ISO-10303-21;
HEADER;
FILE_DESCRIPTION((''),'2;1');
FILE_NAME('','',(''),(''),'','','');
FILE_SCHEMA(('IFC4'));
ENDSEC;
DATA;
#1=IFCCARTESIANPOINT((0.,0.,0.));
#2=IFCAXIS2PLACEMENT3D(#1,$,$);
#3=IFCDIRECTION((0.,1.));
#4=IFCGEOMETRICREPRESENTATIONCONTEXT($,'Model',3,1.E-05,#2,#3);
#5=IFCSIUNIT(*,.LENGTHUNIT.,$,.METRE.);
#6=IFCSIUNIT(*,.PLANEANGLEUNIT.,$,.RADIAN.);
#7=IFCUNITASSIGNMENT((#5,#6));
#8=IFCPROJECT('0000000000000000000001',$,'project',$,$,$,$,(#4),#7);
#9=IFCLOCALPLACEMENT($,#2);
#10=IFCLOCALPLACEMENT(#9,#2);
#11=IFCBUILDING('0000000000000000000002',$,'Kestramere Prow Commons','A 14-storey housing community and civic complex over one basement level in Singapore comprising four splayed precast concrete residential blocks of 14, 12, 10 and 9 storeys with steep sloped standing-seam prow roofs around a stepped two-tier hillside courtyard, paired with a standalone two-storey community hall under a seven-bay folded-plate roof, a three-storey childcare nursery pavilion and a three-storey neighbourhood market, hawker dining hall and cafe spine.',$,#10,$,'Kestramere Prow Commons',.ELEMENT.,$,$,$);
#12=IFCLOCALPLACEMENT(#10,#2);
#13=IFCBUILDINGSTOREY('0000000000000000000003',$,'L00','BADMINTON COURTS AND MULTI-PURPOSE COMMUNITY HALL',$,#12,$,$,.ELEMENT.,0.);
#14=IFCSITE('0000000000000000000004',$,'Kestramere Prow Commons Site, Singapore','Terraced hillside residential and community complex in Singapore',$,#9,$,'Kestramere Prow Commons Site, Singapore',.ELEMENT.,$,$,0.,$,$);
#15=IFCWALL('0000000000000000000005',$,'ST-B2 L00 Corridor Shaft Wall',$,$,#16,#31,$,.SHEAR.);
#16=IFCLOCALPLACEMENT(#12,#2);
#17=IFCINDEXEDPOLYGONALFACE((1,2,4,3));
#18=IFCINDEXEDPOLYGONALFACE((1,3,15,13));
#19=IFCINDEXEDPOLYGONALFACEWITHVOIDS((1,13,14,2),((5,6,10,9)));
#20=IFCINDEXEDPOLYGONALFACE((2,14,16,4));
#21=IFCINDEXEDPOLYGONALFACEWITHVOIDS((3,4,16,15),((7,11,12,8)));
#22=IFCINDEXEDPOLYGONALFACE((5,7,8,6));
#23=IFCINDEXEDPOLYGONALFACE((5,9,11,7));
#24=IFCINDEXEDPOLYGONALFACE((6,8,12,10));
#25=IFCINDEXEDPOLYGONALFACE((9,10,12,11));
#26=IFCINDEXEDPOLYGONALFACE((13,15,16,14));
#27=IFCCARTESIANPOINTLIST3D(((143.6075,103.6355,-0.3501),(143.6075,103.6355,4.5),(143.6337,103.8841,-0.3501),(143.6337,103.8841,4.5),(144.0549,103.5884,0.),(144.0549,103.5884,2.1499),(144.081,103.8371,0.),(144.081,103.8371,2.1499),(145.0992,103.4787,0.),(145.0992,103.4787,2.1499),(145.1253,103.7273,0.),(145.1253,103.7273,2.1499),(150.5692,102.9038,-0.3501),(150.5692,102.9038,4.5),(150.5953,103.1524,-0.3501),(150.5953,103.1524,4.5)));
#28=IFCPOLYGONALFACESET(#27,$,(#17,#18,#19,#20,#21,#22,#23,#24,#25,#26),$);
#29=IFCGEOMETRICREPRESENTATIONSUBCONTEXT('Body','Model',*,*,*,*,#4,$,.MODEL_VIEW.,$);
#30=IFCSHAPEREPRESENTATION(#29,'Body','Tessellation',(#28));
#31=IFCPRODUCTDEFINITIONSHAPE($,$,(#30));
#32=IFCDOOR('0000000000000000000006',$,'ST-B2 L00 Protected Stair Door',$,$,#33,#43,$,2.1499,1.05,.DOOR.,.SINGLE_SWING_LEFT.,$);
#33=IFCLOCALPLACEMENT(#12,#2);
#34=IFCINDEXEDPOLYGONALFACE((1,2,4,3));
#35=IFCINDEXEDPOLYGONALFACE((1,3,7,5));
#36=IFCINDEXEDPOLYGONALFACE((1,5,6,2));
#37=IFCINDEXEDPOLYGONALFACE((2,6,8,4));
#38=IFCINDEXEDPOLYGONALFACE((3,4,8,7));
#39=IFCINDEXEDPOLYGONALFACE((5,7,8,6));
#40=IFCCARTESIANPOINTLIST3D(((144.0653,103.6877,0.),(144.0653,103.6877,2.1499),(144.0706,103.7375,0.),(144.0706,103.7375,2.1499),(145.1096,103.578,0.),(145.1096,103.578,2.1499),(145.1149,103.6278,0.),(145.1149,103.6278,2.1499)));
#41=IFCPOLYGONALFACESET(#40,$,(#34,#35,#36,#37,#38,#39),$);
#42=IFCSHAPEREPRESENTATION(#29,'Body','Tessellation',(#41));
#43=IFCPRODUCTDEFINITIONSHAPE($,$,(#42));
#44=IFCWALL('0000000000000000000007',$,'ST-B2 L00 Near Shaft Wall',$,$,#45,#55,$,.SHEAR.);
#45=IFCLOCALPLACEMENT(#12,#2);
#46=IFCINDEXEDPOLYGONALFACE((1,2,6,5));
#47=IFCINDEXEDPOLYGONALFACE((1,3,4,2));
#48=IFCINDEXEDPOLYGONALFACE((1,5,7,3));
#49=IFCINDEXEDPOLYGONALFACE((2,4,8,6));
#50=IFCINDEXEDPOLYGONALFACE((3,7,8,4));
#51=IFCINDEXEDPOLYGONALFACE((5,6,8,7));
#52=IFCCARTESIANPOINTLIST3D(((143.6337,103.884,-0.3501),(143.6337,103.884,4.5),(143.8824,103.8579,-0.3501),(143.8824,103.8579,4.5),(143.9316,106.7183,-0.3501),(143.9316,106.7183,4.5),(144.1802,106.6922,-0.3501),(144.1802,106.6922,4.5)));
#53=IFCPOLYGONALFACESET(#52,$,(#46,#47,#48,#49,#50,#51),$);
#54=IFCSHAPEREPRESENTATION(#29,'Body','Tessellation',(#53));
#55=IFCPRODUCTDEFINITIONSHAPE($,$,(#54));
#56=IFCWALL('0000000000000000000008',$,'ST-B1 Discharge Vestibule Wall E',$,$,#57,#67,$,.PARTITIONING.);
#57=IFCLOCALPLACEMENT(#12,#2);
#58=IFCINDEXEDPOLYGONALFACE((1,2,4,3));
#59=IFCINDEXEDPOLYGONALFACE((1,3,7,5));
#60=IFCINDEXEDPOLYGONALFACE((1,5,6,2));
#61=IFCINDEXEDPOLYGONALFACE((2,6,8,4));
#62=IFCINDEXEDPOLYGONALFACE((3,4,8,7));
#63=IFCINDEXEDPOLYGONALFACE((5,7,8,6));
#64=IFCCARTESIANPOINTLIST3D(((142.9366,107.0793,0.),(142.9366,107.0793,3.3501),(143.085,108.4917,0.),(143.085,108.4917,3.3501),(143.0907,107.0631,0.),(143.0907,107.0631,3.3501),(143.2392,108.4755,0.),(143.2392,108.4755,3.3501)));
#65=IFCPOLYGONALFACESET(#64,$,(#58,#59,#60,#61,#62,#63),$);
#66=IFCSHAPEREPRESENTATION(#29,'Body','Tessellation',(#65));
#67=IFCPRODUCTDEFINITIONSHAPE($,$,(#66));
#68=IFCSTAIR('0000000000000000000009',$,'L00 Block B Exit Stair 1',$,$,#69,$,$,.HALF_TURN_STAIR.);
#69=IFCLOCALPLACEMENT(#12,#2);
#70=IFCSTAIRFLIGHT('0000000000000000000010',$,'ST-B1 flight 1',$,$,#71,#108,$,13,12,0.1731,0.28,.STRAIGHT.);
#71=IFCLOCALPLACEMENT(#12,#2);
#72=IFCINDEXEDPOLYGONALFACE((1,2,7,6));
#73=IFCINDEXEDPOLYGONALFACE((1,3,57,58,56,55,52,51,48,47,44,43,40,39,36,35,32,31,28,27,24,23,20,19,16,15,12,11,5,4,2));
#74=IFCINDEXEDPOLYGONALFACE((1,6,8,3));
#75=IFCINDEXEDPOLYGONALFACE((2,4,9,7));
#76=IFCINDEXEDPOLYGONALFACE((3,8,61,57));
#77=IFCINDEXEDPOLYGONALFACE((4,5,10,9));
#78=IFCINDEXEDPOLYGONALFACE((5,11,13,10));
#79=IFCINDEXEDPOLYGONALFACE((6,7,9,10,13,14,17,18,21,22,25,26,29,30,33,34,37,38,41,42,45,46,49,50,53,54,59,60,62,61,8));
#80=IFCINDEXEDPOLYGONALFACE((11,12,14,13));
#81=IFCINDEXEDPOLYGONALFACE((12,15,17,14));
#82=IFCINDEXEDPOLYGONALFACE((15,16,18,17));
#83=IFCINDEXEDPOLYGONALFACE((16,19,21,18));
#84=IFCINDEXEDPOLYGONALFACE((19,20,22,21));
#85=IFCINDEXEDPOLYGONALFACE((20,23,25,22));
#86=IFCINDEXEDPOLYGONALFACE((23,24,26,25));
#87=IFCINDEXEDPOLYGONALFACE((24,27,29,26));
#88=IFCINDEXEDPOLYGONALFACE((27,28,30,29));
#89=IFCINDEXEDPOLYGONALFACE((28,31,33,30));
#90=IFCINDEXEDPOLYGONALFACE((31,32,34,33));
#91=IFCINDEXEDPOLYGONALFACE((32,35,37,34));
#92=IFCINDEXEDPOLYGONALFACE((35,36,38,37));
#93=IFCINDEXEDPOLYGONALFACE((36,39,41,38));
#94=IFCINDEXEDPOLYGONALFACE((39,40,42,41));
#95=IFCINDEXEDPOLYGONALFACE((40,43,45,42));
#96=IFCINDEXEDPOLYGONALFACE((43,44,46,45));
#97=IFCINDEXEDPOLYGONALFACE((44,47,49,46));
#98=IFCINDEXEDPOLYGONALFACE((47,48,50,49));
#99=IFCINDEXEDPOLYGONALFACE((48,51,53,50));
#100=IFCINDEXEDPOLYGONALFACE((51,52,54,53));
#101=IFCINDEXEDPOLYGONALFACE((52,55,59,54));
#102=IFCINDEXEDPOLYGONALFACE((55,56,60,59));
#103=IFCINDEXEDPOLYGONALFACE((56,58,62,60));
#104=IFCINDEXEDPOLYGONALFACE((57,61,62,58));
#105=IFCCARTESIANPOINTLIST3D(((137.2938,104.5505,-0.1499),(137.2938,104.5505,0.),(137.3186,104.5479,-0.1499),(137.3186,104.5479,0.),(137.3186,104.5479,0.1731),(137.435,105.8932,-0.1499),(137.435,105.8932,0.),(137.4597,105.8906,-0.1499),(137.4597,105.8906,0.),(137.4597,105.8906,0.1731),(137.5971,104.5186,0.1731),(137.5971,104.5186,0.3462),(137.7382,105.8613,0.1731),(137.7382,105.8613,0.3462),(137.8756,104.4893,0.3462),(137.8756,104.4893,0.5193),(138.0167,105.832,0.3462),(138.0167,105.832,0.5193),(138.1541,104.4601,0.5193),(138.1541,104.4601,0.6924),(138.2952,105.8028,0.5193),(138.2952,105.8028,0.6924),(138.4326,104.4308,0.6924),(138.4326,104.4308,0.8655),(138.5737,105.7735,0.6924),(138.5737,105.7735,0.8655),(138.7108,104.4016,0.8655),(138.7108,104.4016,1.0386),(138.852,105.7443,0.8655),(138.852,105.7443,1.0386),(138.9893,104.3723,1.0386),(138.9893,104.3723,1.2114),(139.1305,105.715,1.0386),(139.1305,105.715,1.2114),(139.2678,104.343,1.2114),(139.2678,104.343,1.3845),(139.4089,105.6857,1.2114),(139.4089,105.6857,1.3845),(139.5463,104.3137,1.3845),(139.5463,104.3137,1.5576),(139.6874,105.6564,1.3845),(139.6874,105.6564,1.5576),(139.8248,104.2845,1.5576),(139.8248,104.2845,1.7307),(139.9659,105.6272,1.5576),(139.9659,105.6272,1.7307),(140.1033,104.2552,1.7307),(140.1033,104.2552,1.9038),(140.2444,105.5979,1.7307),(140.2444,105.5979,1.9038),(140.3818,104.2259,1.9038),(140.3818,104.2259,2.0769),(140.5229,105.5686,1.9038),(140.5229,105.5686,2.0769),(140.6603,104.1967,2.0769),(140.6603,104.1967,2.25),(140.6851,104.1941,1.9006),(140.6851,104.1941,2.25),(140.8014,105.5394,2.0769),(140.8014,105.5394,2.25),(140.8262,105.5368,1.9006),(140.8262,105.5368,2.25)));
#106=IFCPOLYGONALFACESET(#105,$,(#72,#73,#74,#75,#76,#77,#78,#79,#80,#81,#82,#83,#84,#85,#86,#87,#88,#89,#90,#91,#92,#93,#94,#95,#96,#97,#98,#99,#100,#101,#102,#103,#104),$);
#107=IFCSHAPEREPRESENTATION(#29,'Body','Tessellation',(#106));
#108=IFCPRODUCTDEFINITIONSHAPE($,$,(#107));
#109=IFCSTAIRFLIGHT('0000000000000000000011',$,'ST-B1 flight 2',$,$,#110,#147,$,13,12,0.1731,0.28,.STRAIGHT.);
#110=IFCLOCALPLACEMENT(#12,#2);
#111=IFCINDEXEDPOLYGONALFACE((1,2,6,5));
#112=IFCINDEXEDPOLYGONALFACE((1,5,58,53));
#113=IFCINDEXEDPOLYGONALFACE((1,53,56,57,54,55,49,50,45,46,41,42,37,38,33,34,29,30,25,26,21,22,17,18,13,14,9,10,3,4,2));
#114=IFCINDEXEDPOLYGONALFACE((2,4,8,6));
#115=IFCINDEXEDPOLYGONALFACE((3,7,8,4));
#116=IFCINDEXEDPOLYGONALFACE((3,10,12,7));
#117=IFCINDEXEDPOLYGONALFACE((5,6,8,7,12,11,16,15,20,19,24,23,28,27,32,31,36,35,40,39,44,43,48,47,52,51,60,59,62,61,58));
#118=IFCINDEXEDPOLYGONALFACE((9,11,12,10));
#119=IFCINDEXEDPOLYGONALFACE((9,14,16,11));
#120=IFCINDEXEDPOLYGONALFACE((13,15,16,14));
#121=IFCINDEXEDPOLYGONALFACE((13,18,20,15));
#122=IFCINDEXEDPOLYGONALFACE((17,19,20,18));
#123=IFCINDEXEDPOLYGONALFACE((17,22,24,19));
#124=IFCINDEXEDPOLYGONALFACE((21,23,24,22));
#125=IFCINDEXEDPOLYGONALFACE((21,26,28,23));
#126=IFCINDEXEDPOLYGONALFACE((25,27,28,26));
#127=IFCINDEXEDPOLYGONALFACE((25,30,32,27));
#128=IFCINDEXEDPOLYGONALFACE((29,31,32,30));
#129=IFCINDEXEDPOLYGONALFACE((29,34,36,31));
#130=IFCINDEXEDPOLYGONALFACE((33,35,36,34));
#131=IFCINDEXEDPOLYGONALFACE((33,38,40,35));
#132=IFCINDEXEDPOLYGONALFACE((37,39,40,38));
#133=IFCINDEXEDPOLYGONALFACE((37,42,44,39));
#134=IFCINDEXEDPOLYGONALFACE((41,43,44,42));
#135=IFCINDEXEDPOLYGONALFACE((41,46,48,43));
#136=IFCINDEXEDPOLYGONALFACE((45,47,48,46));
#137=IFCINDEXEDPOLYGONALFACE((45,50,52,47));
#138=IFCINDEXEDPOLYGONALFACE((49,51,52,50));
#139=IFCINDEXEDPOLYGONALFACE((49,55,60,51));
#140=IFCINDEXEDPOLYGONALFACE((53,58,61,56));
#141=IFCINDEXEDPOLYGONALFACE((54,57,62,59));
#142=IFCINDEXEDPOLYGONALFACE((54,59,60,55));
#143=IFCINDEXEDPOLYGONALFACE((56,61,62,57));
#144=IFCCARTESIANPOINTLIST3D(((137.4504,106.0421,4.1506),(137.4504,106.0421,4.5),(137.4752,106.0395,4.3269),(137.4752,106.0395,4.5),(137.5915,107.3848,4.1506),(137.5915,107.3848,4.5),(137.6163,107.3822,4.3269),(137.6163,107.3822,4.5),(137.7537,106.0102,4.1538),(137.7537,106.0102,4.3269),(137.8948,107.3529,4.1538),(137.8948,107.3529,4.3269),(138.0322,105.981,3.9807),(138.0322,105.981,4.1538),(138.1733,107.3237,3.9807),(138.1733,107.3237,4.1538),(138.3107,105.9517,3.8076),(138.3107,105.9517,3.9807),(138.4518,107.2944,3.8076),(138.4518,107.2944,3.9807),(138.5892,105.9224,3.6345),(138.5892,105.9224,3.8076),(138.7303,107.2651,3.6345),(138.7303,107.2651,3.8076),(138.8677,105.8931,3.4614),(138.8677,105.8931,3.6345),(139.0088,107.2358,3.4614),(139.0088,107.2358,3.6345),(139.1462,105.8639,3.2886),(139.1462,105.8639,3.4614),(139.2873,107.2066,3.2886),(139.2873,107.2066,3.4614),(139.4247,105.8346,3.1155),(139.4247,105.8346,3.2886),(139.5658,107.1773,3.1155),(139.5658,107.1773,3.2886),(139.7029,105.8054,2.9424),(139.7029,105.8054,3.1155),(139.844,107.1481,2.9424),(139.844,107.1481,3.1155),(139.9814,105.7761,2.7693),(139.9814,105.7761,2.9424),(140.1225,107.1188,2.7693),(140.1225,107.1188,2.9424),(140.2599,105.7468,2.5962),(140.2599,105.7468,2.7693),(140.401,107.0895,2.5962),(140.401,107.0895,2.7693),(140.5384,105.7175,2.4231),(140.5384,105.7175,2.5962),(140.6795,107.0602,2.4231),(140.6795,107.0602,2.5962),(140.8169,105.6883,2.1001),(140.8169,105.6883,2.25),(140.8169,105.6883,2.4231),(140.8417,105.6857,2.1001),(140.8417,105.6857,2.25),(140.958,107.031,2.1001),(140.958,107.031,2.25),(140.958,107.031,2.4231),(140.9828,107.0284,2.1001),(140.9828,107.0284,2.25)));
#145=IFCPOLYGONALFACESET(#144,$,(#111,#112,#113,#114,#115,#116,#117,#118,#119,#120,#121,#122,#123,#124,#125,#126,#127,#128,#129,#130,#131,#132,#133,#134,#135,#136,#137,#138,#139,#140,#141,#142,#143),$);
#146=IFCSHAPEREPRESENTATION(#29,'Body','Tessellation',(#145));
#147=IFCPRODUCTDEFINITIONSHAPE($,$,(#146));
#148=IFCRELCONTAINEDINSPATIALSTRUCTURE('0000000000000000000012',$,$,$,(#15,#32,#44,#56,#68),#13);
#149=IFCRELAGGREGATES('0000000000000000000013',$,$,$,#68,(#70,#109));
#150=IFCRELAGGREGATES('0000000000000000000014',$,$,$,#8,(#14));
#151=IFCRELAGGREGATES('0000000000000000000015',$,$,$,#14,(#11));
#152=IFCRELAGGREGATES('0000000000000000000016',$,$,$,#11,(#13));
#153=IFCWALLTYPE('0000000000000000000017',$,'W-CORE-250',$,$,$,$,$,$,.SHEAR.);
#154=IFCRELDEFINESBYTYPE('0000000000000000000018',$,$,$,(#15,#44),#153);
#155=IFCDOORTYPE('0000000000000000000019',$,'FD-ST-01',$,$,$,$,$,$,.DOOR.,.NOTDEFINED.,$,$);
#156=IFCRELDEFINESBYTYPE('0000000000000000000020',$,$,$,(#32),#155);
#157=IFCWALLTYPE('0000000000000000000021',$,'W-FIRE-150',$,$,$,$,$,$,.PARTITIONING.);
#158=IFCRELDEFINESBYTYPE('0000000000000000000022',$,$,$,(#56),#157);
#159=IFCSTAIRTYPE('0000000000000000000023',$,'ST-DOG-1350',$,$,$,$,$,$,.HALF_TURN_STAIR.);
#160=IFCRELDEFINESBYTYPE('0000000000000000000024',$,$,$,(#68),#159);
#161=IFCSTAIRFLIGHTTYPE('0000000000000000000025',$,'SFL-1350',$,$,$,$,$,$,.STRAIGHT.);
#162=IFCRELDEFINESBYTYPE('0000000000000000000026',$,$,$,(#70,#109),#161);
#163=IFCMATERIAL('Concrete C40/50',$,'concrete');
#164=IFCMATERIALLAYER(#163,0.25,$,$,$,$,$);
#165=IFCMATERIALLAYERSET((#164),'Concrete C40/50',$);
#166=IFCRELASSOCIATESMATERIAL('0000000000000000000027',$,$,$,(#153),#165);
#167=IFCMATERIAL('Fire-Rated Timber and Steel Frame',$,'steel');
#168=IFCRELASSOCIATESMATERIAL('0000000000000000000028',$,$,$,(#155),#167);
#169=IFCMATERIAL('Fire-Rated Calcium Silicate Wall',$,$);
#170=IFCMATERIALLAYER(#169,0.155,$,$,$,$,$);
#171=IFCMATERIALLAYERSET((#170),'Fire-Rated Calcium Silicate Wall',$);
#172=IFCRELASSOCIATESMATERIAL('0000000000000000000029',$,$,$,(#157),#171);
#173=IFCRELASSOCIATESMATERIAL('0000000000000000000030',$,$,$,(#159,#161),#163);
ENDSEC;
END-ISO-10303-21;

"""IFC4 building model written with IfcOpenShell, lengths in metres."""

from ifc_helpers import new_model, si_unit, direction, frame, frame_2d, origin, place, context, subcontext, project, spatial, polyline, rectangle, outline, extrude, material, layer, layer_set, type_object, element, fill, aggregate, save


model = new_model("IFC4")

# Units and contexts
model_context = context("Model", 3, precision=1e-05, world=origin(), true_north=direction((0.0, 1.0)))
body_context = subcontext(model_context, "Body", "Model", "MODEL_VIEW")
ifc_project = project(units=[si_unit("LENGTHUNIT", "METRE"), si_unit("PLANEANGLEUNIT", "RADIAN")], contexts=[model_context])

# Site, building, storey
site_placement = place(None, origin())
site = spatial("IfcSite", under=ifc_project, at=site_placement, Name="Kestramere Prow Commons Site, Singapore", Description="Terraced hillside residential and community complex in Singapore", LongName="Kestramere Prow Commons Site, Singapore", CompositionType="ELEMENT", RefElevation=0.0)
building_placement = place(site_placement, origin())
building = spatial("IfcBuilding", under=site, at=building_placement, Name="Kestramere Prow Commons", Description="A 14-storey housing community and civic complex over one basement level in Singapore comprising four splayed precast concrete residential blocks of 14, 12, 10 and 9 storeys with steep sloped standing-seam prow roofs around a stepped two-tier hillside courtyard, paired with a standalone two-storey community hall under a seven-bay folded-plate roof, a three-storey childcare nursery pavilion and a three-storey neighbourhood market, hawker dining hall and cafe spine.", LongName="Kestramere Prow Commons", CompositionType="ELEMENT")
storey_placement = place(building_placement, origin())
storey = spatial("IfcBuildingStorey", under=building, at=storey_placement, Name="L00", Description="BADMINTON COURTS AND MULTI-PURPOSE COMMUNITY HALL", CompositionType="ELEMENT", Elevation=0.0)

# Shared definitions
ifc_material_1 = material(Name="Concrete C40/50", Category="concrete")

# Shared definitions
ifc_layer_1 = layer(ifc_material_1, 0.25)
ifc_layer_set_1 = layer_set([ifc_layer_1], Name="Concrete C40/50")
wall_type_1 = type_object("IfcWallType", Name="W-CORE-250", PredefinedType="SHEAR", material=ifc_layer_set_1)
ifc_material_2 = material(Name="Fire-Rated Timber and Steel Frame", Category="steel")
door_type = type_object("IfcDoorType", Name="FD-ST-01", OperationType="NOTDEFINED", PredefinedType="DOOR", material=ifc_material_2)

# Wall, opening, door
wall_1_placement = place(storey_placement, frame((143.6206, 103.7598, -0.3501), z_axis=(0.0, 0.0, 1.0), x_axis=(0.994522, -0.104527, 0.0)))
wall_1 = element("IfcWall", 1, at=wall_1_placement, inside=storey, type_object=wall_type_1, Name="ST-B2 L00 Corridor Shaft Wall", PredefinedType="SHEAR", context=body_context, shape_type="SweptSolid", body=[
    extrude(rectangle(XDim=7.0, YDim=0.25, at=frame_2d((3.5, 0.0))), origin(), (0.0, 0.0, 1.0), 4.8501),
])
opening_1_placement = place(wall_1_placement, frame((0.45, 0.0, 0.3501)))
opening_1 = element("IfcOpeningElement", 2, at=opening_1_placement, cuts=wall_1, PredefinedType="OPENING", context=body_context, shape_type="SweptSolid", body=[
    extrude(rectangle(XDim=1.05, YDim=2.1499, at=frame_2d((0.5249, 1.075))), frame((0.0, 0.1399, 0.0), z_axis=(0.0, -1.0, 0.0), x_axis=(1.0, 0.0, 0.0)), (0.0, 0.0, 1.0), 0.28),
])
door_1_placement = place(opening_1_placement, origin())
door_1 = element("IfcDoor", 3, at=door_1_placement, inside=storey, type_object=door_type, Name="ST-B2 L00 Protected Stair Door", OperationType="SINGLE_SWING_LEFT", OverallHeight=2.1499, OverallWidth=1.05, PredefinedType="DOOR", context=body_context, shape_type="SweptSolid", body=[
    extrude(rectangle(XDim=1.05, YDim=2.1499, at=frame_2d((0.5249, 1.075))), frame((0.0, 0.0249, 0.0), z_axis=(0.0, -1.0, 0.0), x_axis=(1.0, 0.0, 0.0)), (0.0, 0.0, 1.0), 0.05),
])
fill(opening_1, door_1)

# Walls
wall_2_placement = place(storey_placement, frame((143.7581, 103.8711, -0.3501), z_axis=(0.0, 0.0, 1.0), x_axis=(0.104515, 0.994523, 0.0)))
element("IfcWall", 4, at=wall_2_placement, inside=storey, type_object=wall_type_1, Name="ST-B2 L00 Near Shaft Wall", PredefinedType="SHEAR", context=body_context, shape_type="SweptSolid", body=[
    extrude(rectangle(XDim=2.8499, YDim=0.25, at=frame_2d((1.4248, 0.0))), origin(), (0.0, 0.0, 1.0), 4.8501),
])
ifc_material_3 = material(Name="Fire-Rated Calcium Silicate Wall")
ifc_layer_2 = layer(ifc_material_3, 0.155)
ifc_layer_set_2 = layer_set([ifc_layer_2], Name="Fire-Rated Calcium Silicate Wall")
wall_type_2 = type_object("IfcWallType", Name="W-FIRE-150", PredefinedType="PARTITIONING", material=ifc_layer_set_2)
wall_3_placement = place(storey_placement, frame((143.0137, 107.0713, 0.0), z_axis=(0.0, 0.0, 1.0), x_axis=(0.104524, 0.994522, 0.0)))
element("IfcWall", 5, at=wall_3_placement, inside=storey, type_object=wall_type_2, Name="ST-B1 Discharge Vestibule Wall E", PredefinedType="PARTITIONING", context=body_context, shape_type="SweptSolid", body=[
    extrude(rectangle(XDim=1.4202, YDim=0.155, at=frame_2d((0.71, 0.0))), origin(), (0.0, 0.0, 1.0), 3.3501),
])

# Stair, stair flights
stair_type = type_object("IfcStairType", Name="ST-DOG-1350", PredefinedType="HALF_TURN_STAIR", material=ifc_material_1)
stair_placement = place(storey_placement, origin())
stair = element("IfcStair", 6, at=stair_placement, inside=storey, type_object=stair_type, Name="L00 Block B Exit Stair 1", PredefinedType="HALF_TURN_STAIR")
stair_flight_type = type_object("IfcStairFlightType", Name="SFL-1350", PredefinedType="STRAIGHT", material=ifc_material_1)
stair_flight_1_placement = place(storey_placement, frame((137.3892, 105.2192, 0.0), z_axis=(0.0, 0.0, 1.0), x_axis=(0.994522, -0.104528, 0.0)))
stair_flight_1 = element("IfcStairFlight", 7, at=stair_flight_1_placement, type_object=stair_flight_type, Name="ST-B1 flight 1", NumberOfRisers=13, NumberOfTreads=12, PredefinedType="STRAIGHT", RiserHeight=0.1731, TreadLength=0.28, context=body_context, shape_type="SweptSolid", body=[
    extrude(outline(polyline([(-0.0249, 0.0), (0.0, 0.0), (0.0, 0.1731), (0.28, 0.1731), (0.28, 0.3462), (0.5601, 0.3462), (0.5601, 0.5193), (0.8401, 0.5193), (0.8401, 0.6924), (1.1201, 0.6924), (1.1201, 0.8655), (1.3999, 0.8655), (1.3999, 1.0386), (1.6799, 1.0386), (1.6799, 1.2114), (1.96, 1.2114), (1.96, 1.3845), (2.24, 1.3845), (2.24, 1.5576), (2.52, 1.5576), (2.52, 1.7307), (2.8, 1.7307), (2.8, 1.9038), (3.0801, 1.9038), (3.0801, 2.0769), (3.3601, 2.0769), (3.3601, 2.25), (3.385, 2.25), (3.385, 1.9006), (0.0, -0.1499), (-0.0249, -0.1499), (-0.0249, 0.0)])), frame((0.0, 0.675, 0.0), z_axis=(0.0, -1.0, 0.0), x_axis=(1.0, 0.0, 0.0)), (0.0, 0.0, 1.0), 1.3501),
])
stair_flight_2_placement = place(storey_placement, frame((140.8875, 106.3596, 2.25), z_axis=(0.0, 0.0, 1.0), x_axis=(-0.994522, 0.104528, 0.0)))
stair_flight_2 = element("IfcStairFlight", 8, at=stair_flight_2_placement, type_object=stair_flight_type, Name="ST-B1 flight 2", NumberOfRisers=13, NumberOfTreads=12, PredefinedType="STRAIGHT", RiserHeight=0.1731, TreadLength=0.28, context=body_context, shape_type="SweptSolid", body=[
    extrude(outline(polyline([(-0.0249, 0.0), (0.0, 0.0), (0.0, 0.1731), (0.28, 0.1731), (0.28, 0.3462), (0.5601, 0.3462), (0.5601, 0.5193), (0.8401, 0.5193), (0.8401, 0.6924), (1.1201, 0.6924), (1.1201, 0.8655), (1.3999, 0.8655), (1.3999, 1.0386), (1.6799, 1.0386), (1.6799, 1.2114), (1.96, 1.2114), (1.96, 1.3845), (2.24, 1.3845), (2.24, 1.5576), (2.52, 1.5576), (2.52, 1.7307), (2.8, 1.7307), (2.8, 1.9038), (3.0801, 1.9038), (3.0801, 2.0769), (3.3601, 2.0769), (3.3601, 2.25), (3.385, 2.25), (3.385, 1.9006), (0.0, -0.1499), (-0.0249, -0.1499), (-0.0249, 0.0)])), frame((0.0, 0.675, 0.0), z_axis=(0.0, -1.0, 0.0), x_axis=(1.0, 0.0, 0.0)), (0.0, 0.0, 1.0), 1.3501),
])
aggregate(stair, [stair_flight_1, stair_flight_2])

save(model, "model.ifc")
